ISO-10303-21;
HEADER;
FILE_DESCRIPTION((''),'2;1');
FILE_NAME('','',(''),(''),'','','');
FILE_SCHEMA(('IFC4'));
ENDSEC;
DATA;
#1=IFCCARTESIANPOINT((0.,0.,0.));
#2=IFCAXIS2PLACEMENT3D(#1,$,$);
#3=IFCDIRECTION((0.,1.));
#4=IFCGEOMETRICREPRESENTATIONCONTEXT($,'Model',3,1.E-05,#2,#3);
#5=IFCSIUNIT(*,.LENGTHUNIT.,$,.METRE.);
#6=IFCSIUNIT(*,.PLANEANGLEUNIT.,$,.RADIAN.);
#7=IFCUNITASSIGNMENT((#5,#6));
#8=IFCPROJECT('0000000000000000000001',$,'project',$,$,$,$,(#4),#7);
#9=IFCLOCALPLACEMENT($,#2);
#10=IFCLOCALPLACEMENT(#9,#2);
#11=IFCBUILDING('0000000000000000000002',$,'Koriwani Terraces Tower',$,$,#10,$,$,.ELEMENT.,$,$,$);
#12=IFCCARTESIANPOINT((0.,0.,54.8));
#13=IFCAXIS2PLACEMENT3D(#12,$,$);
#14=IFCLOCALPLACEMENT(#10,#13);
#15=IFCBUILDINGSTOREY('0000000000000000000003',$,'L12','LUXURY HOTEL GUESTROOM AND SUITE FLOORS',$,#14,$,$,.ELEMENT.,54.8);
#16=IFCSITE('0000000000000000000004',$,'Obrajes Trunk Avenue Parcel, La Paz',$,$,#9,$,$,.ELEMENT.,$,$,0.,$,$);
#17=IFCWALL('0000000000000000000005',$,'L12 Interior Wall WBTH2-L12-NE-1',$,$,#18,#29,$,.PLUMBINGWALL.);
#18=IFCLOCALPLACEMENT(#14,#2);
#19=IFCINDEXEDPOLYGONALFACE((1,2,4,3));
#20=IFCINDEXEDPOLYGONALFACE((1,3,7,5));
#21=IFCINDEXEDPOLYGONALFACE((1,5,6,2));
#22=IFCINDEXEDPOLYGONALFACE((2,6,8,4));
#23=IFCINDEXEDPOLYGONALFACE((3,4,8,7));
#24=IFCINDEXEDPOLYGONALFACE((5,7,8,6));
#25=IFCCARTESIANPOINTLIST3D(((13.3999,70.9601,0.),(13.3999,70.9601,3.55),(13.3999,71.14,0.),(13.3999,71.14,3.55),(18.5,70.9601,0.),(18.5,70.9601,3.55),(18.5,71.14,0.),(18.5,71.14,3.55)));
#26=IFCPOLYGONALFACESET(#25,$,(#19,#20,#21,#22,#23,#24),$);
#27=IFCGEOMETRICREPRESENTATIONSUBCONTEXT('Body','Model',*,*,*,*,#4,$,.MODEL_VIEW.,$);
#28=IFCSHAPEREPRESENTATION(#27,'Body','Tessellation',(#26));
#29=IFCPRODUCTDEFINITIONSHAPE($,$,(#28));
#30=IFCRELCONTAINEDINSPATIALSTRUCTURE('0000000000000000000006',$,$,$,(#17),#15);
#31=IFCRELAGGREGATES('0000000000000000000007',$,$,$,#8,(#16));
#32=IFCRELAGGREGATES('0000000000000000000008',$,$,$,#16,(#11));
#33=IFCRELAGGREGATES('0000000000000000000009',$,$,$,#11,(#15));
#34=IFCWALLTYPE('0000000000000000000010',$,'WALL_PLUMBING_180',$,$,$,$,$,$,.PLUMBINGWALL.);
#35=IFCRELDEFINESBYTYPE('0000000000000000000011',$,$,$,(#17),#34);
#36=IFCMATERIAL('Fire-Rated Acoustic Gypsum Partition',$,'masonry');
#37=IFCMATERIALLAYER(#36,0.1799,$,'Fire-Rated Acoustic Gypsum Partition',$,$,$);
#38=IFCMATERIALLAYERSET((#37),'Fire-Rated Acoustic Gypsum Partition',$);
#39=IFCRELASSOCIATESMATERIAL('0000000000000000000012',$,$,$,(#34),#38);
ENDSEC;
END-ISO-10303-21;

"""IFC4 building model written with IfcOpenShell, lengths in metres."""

from ifc_helpers import new_model, si_unit, direction, frame, frame_2d, origin, place, context, subcontext, project, spatial, rectangle, extrude, material, layer, layer_set, type_object, element, save


model = new_model("IFC4")

# Units and contexts
model_context = context("Model", 3, precision=1e-05, world=origin(), true_north=direction((0.0, 1.0)))
body_context = subcontext(model_context, "Body", "Model", "MODEL_VIEW")
ifc_project = project(units=[si_unit("LENGTHUNIT", "METRE"), si_unit("PLANEANGLEUNIT", "RADIAN")], contexts=[model_context])

# Site, building, storey
site_placement = place(None, origin())
site = spatial("IfcSite", under=ifc_project, at=site_placement, Name="Obrajes Trunk Avenue Parcel, La Paz", CompositionType="ELEMENT", RefElevation=0.0)
building_placement = place(site_placement, origin())
building = spatial("IfcBuilding", under=site, at=building_placement, Name="Koriwani Terraces Tower", CompositionType="ELEMENT")
storey_placement = place(building_placement, frame((0.0, 0.0, 54.8)))
storey = spatial("IfcBuildingStorey", under=building, at=storey_placement, Name="L12", Description="LUXURY HOTEL GUESTROOM AND SUITE FLOORS", CompositionType="ELEMENT", Elevation=54.8)

# Shared definitions
ifc_material_1 = material(Name="Fire-Rated Acoustic Gypsum Partition", Category="masonry")
ifc_layer_1 = layer(ifc_material_1, 0.1799, Name="Fire-Rated Acoustic Gypsum Partition")
ifc_layer_set_1 = layer_set([ifc_layer_1], Name="Fire-Rated Acoustic Gypsum Partition")
wall_type_1 = type_object("IfcWallType", Name="WALL_PLUMBING_180", PredefinedType="PLUMBINGWALL", material=ifc_layer_set_1)

# Wall
wall_1_placement = place(storey_placement, frame((13.3999, 71.05, 0.0), z_axis=(0.0, 0.0, 1.0), x_axis=(1.0, 0.0, 0.0)))
element("IfcWall", 1, at=wall_1_placement, inside=storey, type_object=wall_type_1, Name="L12 Interior Wall WBTH2-L12-NE-1", PredefinedType="PLUMBINGWALL", context=body_context, shape_type="SweptSolid", body=[
    extrude(rectangle(XDim=5.1001, YDim=0.1799, at=frame_2d((2.55, 0.0))), origin(), (0.0, 0.0, 1.0), 3.55),
])

save(model, "model.ifc")
